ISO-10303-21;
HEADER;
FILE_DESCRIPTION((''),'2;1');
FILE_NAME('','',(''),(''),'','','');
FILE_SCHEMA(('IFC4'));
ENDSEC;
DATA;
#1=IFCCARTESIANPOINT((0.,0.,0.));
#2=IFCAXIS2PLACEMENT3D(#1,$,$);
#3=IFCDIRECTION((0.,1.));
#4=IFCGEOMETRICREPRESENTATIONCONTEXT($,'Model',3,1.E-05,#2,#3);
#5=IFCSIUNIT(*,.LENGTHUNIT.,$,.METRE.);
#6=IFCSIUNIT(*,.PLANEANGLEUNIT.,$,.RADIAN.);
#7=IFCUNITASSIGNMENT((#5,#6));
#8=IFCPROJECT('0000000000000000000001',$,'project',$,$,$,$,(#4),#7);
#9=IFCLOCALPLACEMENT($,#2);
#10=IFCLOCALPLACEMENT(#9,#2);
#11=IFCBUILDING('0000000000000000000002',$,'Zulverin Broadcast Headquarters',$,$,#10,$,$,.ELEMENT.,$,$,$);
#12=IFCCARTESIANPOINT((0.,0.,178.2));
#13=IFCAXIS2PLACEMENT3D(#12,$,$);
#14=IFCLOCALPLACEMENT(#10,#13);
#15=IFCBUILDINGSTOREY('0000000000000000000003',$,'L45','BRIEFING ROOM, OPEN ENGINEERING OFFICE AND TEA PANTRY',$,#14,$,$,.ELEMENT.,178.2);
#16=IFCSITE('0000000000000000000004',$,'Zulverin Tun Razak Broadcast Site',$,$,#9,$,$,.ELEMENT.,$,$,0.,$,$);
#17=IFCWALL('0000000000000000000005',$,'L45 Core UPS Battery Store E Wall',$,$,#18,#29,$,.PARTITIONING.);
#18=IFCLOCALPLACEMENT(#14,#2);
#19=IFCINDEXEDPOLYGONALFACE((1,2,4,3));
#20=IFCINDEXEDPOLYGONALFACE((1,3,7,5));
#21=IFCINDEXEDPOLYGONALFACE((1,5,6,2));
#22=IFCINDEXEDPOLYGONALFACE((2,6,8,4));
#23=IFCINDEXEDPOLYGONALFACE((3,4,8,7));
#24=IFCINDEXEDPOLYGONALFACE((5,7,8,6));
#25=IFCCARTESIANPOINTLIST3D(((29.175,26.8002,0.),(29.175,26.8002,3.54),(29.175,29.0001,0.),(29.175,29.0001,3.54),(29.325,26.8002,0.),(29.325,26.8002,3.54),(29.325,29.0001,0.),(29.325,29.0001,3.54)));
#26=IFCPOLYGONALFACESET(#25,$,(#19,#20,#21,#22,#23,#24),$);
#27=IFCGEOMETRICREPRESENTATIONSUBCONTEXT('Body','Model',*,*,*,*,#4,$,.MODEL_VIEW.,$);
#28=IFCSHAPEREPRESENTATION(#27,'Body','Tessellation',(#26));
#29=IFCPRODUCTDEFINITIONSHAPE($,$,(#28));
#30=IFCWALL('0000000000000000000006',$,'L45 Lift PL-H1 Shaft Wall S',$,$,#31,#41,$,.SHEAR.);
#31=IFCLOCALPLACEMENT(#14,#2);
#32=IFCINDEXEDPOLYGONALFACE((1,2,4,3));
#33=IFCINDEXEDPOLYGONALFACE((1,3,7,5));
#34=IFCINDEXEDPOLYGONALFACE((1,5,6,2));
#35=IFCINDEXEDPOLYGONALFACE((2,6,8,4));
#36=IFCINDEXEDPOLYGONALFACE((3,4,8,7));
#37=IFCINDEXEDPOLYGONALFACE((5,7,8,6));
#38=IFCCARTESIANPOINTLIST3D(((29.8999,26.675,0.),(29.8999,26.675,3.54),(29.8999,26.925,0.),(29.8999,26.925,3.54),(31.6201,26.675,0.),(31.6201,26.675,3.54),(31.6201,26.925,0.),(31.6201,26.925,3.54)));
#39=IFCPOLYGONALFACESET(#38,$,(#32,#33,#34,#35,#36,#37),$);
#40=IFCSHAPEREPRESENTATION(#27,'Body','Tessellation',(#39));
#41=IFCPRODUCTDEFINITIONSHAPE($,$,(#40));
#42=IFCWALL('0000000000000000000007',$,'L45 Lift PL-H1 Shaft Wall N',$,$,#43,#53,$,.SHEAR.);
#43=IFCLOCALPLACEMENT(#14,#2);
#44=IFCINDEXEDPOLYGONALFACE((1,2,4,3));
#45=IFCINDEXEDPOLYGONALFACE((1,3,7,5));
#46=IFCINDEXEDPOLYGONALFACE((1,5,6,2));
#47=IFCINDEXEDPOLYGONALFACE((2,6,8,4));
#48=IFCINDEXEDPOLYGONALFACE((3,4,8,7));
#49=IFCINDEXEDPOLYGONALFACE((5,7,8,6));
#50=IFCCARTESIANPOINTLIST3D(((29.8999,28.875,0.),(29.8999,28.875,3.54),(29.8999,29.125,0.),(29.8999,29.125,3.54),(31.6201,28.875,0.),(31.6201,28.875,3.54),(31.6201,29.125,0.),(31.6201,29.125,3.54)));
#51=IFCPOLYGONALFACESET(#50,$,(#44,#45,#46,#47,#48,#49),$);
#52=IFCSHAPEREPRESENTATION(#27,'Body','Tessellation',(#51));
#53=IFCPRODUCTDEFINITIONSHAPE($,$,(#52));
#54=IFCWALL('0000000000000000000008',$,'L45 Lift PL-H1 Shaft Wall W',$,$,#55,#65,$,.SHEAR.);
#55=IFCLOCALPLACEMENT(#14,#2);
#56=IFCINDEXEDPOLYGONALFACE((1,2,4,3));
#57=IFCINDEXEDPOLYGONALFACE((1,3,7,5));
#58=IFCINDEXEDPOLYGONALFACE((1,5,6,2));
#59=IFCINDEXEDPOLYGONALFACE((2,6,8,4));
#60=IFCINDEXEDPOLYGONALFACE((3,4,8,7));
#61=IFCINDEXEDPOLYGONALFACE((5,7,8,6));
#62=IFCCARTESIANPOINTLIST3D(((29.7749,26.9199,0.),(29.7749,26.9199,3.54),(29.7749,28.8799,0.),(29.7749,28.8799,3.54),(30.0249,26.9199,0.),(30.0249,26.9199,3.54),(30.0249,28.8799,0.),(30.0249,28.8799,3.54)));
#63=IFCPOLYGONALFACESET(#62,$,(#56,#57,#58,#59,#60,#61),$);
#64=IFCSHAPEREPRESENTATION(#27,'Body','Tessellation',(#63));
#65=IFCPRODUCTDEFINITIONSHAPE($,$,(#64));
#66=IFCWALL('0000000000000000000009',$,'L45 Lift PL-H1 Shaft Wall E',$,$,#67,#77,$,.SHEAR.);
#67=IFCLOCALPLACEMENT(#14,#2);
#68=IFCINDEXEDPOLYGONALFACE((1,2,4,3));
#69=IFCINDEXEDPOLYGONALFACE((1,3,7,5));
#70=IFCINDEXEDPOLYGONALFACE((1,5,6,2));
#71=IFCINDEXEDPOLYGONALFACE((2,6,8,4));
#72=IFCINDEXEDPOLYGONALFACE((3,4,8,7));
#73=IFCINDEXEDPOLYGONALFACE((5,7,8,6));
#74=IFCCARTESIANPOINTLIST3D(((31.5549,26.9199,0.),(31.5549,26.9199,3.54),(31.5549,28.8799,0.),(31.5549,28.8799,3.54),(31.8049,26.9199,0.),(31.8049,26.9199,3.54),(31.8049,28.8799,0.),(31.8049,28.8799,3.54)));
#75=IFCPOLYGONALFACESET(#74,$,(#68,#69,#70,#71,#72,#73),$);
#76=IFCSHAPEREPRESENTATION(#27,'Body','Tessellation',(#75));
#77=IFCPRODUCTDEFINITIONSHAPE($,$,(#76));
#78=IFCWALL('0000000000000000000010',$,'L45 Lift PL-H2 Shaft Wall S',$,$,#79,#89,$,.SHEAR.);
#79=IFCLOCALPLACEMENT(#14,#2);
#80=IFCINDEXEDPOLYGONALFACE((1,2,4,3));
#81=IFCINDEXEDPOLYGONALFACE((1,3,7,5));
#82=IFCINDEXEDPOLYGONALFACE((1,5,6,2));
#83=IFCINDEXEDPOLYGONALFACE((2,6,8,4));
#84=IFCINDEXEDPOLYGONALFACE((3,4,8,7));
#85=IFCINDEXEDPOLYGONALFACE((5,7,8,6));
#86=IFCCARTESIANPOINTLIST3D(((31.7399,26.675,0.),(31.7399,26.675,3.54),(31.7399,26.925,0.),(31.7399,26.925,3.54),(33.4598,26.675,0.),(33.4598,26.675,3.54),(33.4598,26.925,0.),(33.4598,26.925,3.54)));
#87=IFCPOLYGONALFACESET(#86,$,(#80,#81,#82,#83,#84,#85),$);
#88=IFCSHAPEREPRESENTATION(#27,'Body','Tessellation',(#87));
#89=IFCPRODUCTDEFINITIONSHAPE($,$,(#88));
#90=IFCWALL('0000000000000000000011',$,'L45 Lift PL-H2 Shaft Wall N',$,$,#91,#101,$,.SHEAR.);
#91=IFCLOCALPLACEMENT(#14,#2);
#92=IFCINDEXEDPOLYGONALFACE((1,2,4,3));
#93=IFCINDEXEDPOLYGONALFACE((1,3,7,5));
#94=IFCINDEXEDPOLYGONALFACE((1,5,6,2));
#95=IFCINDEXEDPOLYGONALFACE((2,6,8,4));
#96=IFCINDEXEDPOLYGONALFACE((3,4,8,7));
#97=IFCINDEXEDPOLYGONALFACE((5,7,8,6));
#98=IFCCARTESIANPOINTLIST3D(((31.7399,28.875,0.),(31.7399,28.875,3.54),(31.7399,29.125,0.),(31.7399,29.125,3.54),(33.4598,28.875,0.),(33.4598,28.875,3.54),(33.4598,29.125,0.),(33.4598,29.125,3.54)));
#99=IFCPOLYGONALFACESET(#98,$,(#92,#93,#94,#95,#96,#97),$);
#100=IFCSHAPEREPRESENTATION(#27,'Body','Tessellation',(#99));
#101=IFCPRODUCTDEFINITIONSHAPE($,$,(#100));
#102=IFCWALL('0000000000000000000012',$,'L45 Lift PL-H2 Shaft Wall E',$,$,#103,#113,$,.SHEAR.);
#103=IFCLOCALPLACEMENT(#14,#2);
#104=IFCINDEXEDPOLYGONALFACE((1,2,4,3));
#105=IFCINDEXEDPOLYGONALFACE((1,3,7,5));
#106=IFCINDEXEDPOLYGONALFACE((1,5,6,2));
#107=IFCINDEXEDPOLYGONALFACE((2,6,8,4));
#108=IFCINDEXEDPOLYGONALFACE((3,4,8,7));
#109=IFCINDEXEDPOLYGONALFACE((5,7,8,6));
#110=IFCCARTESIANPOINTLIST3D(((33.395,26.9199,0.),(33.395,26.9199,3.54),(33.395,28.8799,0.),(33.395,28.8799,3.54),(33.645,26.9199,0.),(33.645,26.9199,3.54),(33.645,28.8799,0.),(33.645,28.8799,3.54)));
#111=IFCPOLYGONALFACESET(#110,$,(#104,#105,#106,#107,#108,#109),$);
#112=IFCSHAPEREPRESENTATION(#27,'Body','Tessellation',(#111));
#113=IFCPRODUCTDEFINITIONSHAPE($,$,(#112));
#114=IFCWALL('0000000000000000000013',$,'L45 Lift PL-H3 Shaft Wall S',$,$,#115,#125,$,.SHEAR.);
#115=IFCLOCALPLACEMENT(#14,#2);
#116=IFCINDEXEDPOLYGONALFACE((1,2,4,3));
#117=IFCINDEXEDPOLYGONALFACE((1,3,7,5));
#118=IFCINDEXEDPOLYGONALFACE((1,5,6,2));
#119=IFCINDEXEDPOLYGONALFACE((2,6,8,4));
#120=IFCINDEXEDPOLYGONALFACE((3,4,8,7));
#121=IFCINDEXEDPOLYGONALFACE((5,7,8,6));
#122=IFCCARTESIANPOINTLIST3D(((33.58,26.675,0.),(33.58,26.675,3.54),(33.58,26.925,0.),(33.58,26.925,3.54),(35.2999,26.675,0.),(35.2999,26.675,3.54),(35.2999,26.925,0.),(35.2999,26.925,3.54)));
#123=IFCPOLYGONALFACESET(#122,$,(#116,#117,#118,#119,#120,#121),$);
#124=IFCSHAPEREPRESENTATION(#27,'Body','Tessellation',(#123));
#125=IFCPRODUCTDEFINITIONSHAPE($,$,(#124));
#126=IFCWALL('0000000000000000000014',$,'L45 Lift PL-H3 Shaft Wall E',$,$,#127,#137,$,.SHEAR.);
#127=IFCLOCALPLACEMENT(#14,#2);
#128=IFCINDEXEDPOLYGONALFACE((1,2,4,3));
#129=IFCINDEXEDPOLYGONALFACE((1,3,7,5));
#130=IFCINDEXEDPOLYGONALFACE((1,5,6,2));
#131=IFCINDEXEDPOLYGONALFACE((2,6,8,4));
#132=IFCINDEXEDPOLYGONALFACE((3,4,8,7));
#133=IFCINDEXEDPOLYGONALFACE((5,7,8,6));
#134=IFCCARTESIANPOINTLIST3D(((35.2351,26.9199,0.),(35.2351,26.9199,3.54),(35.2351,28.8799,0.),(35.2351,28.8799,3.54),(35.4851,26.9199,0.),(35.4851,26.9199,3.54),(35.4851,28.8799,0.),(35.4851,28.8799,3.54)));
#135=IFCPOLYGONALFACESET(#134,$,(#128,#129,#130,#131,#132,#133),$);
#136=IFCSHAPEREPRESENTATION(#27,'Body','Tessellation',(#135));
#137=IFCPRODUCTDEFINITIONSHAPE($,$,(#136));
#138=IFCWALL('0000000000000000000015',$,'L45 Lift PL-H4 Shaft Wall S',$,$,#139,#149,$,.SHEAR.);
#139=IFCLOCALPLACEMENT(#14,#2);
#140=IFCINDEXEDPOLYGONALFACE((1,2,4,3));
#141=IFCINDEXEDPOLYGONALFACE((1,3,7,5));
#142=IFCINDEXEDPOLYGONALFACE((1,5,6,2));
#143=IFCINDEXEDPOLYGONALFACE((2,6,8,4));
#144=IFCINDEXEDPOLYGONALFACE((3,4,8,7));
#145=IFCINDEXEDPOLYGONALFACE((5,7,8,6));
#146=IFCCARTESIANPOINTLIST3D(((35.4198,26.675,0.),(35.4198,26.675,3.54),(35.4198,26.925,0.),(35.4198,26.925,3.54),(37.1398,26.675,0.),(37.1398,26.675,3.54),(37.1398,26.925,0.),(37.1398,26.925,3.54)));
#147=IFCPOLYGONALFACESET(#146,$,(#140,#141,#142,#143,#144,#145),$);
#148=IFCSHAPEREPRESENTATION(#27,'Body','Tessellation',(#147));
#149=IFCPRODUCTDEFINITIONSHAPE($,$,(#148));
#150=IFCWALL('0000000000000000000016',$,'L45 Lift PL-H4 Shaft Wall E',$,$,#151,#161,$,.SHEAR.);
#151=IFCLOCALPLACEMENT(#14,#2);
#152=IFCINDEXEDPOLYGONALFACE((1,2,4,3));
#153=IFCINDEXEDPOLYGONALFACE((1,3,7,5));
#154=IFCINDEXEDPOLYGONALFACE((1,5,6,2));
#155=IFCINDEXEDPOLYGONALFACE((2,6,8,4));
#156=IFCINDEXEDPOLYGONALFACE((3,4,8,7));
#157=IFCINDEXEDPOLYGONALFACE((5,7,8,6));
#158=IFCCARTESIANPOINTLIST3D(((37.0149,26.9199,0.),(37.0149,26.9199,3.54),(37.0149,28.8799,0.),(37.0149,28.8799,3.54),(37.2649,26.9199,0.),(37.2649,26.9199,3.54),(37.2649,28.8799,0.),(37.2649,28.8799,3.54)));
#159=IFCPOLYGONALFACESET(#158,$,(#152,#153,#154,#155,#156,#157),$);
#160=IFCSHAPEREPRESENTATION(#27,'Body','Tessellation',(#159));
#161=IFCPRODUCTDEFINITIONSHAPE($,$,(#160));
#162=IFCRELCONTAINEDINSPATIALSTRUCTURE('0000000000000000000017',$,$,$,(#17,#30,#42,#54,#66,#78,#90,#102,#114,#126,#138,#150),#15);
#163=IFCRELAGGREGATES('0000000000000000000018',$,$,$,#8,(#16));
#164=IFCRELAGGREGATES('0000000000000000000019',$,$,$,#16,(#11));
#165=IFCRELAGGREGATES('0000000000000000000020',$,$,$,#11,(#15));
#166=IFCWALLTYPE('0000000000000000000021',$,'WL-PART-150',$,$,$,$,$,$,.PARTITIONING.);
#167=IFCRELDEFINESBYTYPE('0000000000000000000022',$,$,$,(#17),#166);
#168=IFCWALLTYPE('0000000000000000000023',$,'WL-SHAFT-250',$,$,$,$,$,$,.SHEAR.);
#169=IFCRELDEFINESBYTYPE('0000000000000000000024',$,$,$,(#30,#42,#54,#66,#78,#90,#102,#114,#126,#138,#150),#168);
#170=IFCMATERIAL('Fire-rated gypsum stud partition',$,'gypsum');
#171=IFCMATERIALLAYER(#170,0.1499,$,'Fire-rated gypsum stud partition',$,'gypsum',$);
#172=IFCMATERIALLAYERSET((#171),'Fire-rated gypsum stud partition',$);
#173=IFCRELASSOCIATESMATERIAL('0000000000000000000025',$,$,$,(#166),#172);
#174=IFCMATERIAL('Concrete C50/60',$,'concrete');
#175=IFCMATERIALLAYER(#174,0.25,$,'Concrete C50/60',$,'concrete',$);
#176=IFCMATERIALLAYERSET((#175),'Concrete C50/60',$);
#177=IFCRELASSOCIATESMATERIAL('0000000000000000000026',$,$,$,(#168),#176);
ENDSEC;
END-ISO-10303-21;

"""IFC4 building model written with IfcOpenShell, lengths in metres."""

from ifc_helpers import new_model, si_unit, direction, frame, frame_2d, origin, place, context, subcontext, project, spatial, rectangle, extrude, material, layer, layer_set, type_object, element, save


model = new_model("IFC4")

# Units and contexts
model_context = context("Model", 3, precision=1e-05, world=origin(), true_north=direction((0.0, 1.0)))
body_context = subcontext(model_context, "Body", "Model", "MODEL_VIEW")
ifc_project = project(units=[si_unit("LENGTHUNIT", "METRE"), si_unit("PLANEANGLEUNIT", "RADIAN")], contexts=[model_context])

# Site, building, storey
site_placement = place(None, origin())
site = spatial("IfcSite", under=ifc_project, at=site_placement, Name="Zulverin Tun Razak Broadcast Site", CompositionType="ELEMENT", RefElevation=0.0)
building_placement = place(site_placement, origin())
building = spatial("IfcBuilding", under=site, at=building_placement, Name="Zulverin Broadcast Headquarters", CompositionType="ELEMENT")
storey_placement = place(building_placement, frame((0.0, 0.0, 178.2)))
storey = spatial("IfcBuildingStorey", under=building, at=storey_placement, Name="L45", Description="BRIEFING ROOM, OPEN ENGINEERING OFFICE AND TEA PANTRY", CompositionType="ELEMENT", Elevation=178.2)

# Wall
ifc_material_1 = material(Name="Fire-rated gypsum stud partition", Category="gypsum")
ifc_layer_1 = layer(ifc_material_1, 0.1499, Name="Fire-rated gypsum stud partition", Category="gypsum")
ifc_layer_set_1 = layer_set([ifc_layer_1], Name="Fire-rated gypsum stud partition")
wall_type_1 = type_object("IfcWallType", Name="WL-PART-150", PredefinedType="PARTITIONING", material=ifc_layer_set_1)
wall_1_placement = place(storey_placement, frame((29.25, 26.8, 0.0), z_axis=(0.0, 0.0, 1.0), x_axis=(0.0, 1.0, 0.0)))
element("IfcWall", 1, at=wall_1_placement, inside=storey, type_object=wall_type_1, Name="L45 Core UPS Battery Store E Wall", PredefinedType="PARTITIONING", context=body_context, shape_type="SweptSolid", body=[
    extrude(rectangle(XDim=2.2, YDim=0.1499, at=frame_2d((1.1001, 0.0))), origin(), (0.0, 0.0, 1.0), 3.54),
])

# Shared definitions
ifc_material_2 = material(Name="Concrete C50/60", Category="concrete")
ifc_layer_2 = layer(ifc_material_2, 0.25, Name="Concrete C50/60", Category="concrete")
ifc_layer_set_2 = layer_set([ifc_layer_2], Name="Concrete C50/60")
wall_type_2 = type_object("IfcWallType", Name="WL-SHAFT-250", PredefinedType="SHEAR", material=ifc_layer_set_2)

# Walls
for number, where, z_axis, x_axis, name in (
    (2, (29.8999, 26.8, 0.0), (0.0, 0.0, 1.0), (1.0, 0.0, 0.0), "L45 Lift PL-H1 Shaft Wall S"),
    (3, (29.8999, 29.0, 0.0), (0.0, 0.0, 1.0), (1.0, 0.0, 0.0), "L45 Lift PL-H1 Shaft Wall N"),
):
    element("IfcWall", number, at=place(storey_placement, frame(where, z_axis=z_axis, x_axis=x_axis)), inside=storey, type_object=wall_type_2, Name=name, PredefinedType="SHEAR", context=body_context, shape_type="SweptSolid", body=[
        extrude(rectangle(XDim=1.7202, YDim=0.25, at=frame_2d((0.8601, 0.0))), origin(), (0.0, 0.0, 1.0), 3.54),
    ])
for number, where, z_axis, x_axis, name in (
    (4, (29.8999, 26.9199, 0.0), (0.0, 0.0, 1.0), (0.0, 1.0, 0.0), "L45 Lift PL-H1 Shaft Wall W"),
    (5, (31.6799, 26.9199, 0.0), (0.0, 0.0, 1.0), (0.0, 1.0, 0.0), "L45 Lift PL-H1 Shaft Wall E"),
):
    element("IfcWall", number, at=place(storey_placement, frame(where, z_axis=z_axis, x_axis=x_axis)), inside=storey, type_object=wall_type_2, Name=name, PredefinedType="SHEAR", context=body_context, shape_type="SweptSolid", body=[
        extrude(rectangle(XDim=1.96, YDim=0.25, at=frame_2d((0.98, 0.0))), origin(), (0.0, 0.0, 1.0), 3.54),
    ])
for number, where, z_axis, x_axis, name in (
    (6, (31.74, 26.8, 0.0), (0.0, 0.0, 1.0), (1.0, 0.0, 0.0), "L45 Lift PL-H2 Shaft Wall S"),
    (7, (31.74, 29.0, 0.0), (0.0, 0.0, 1.0), (1.0, 0.0, 0.0), "L45 Lift PL-H2 Shaft Wall N"),
):
    element("IfcWall", number, at=place(storey_placement, frame(where, z_axis=z_axis, x_axis=x_axis)), inside=storey, type_object=wall_type_2, Name=name, PredefinedType="SHEAR", context=body_context, shape_type="SweptSolid", body=[
        extrude(rectangle(XDim=1.72, YDim=0.25, at=frame_2d((0.8599, 0.0))), origin(), (0.0, 0.0, 1.0), 3.54),
    ])
wall_2_placement = place(storey_placement, frame((33.52, 26.9199, 0.0), z_axis=(0.0, 0.0, 1.0), x_axis=(0.0, 1.0, 0.0)))
element("IfcWall", 8, at=wall_2_placement, inside=storey, type_object=wall_type_2, Name="L45 Lift PL-H2 Shaft Wall E", PredefinedType="SHEAR", context=body_context, shape_type="SweptSolid", body=[
    extrude(rectangle(XDim=1.96, YDim=0.25, at=frame_2d((0.98, 0.0))), origin(), (0.0, 0.0, 1.0), 3.54),
])
wall_3_placement = place(storey_placement, frame((33.5801, 26.8, 0.0), z_axis=(0.0, 0.0, 1.0), x_axis=(1.0, 0.0, 0.0)))
element("IfcWall", 9, at=wall_3_placement, inside=storey, type_object=wall_type_2, Name="L45 Lift PL-H3 Shaft Wall S", PredefinedType="SHEAR", context=body_context, shape_type="SweptSolid", body=[
    extrude(rectangle(XDim=1.72, YDim=0.25, at=frame_2d((0.8599, 0.0))), origin(), (0.0, 0.0, 1.0), 3.54),
])
wall_4_placement = place(storey_placement, frame((35.3601, 26.9199, 0.0), z_axis=(0.0, 0.0, 1.0), x_axis=(0.0, 1.0, 0.0)))
element("IfcWall", 10, at=wall_4_placement, inside=storey, type_object=wall_type_2, Name="L45 Lift PL-H3 Shaft Wall E", PredefinedType="SHEAR", context=body_context, shape_type="SweptSolid", body=[
    extrude(rectangle(XDim=1.96, YDim=0.25, at=frame_2d((0.98, 0.0))), origin(), (0.0, 0.0, 1.0), 3.54),
])
wall_5_placement = place(storey_placement, frame((35.4199, 26.8, 0.0), z_axis=(0.0, 0.0, 1.0), x_axis=(1.0, 0.0, 0.0)))
element("IfcWall", 11, at=wall_5_placement, inside=storey, type_object=wall_type_2, Name="L45 Lift PL-H4 Shaft Wall S", PredefinedType="SHEAR", context=body_context, shape_type="SweptSolid", body=[
    extrude(rectangle(XDim=1.72, YDim=0.25, at=frame_2d((0.8599, 0.0))), origin(), (0.0, 0.0, 1.0), 3.54),
])
wall_6_placement = place(storey_placement, frame((37.1399, 26.9199, 0.0), z_axis=(0.0, 0.0, 1.0), x_axis=(0.0, 1.0, 0.0)))
element("IfcWall", 12, at=wall_6_placement, inside=storey, type_object=wall_type_2, Name="L45 Lift PL-H4 Shaft Wall E", PredefinedType="SHEAR", context=body_context, shape_type="SweptSolid", body=[
    extrude(rectangle(XDim=1.96, YDim=0.25, at=frame_2d((0.98, 0.0))), origin(), (0.0, 0.0, 1.0), 3.54),
])

save(model, "model.ifc")
